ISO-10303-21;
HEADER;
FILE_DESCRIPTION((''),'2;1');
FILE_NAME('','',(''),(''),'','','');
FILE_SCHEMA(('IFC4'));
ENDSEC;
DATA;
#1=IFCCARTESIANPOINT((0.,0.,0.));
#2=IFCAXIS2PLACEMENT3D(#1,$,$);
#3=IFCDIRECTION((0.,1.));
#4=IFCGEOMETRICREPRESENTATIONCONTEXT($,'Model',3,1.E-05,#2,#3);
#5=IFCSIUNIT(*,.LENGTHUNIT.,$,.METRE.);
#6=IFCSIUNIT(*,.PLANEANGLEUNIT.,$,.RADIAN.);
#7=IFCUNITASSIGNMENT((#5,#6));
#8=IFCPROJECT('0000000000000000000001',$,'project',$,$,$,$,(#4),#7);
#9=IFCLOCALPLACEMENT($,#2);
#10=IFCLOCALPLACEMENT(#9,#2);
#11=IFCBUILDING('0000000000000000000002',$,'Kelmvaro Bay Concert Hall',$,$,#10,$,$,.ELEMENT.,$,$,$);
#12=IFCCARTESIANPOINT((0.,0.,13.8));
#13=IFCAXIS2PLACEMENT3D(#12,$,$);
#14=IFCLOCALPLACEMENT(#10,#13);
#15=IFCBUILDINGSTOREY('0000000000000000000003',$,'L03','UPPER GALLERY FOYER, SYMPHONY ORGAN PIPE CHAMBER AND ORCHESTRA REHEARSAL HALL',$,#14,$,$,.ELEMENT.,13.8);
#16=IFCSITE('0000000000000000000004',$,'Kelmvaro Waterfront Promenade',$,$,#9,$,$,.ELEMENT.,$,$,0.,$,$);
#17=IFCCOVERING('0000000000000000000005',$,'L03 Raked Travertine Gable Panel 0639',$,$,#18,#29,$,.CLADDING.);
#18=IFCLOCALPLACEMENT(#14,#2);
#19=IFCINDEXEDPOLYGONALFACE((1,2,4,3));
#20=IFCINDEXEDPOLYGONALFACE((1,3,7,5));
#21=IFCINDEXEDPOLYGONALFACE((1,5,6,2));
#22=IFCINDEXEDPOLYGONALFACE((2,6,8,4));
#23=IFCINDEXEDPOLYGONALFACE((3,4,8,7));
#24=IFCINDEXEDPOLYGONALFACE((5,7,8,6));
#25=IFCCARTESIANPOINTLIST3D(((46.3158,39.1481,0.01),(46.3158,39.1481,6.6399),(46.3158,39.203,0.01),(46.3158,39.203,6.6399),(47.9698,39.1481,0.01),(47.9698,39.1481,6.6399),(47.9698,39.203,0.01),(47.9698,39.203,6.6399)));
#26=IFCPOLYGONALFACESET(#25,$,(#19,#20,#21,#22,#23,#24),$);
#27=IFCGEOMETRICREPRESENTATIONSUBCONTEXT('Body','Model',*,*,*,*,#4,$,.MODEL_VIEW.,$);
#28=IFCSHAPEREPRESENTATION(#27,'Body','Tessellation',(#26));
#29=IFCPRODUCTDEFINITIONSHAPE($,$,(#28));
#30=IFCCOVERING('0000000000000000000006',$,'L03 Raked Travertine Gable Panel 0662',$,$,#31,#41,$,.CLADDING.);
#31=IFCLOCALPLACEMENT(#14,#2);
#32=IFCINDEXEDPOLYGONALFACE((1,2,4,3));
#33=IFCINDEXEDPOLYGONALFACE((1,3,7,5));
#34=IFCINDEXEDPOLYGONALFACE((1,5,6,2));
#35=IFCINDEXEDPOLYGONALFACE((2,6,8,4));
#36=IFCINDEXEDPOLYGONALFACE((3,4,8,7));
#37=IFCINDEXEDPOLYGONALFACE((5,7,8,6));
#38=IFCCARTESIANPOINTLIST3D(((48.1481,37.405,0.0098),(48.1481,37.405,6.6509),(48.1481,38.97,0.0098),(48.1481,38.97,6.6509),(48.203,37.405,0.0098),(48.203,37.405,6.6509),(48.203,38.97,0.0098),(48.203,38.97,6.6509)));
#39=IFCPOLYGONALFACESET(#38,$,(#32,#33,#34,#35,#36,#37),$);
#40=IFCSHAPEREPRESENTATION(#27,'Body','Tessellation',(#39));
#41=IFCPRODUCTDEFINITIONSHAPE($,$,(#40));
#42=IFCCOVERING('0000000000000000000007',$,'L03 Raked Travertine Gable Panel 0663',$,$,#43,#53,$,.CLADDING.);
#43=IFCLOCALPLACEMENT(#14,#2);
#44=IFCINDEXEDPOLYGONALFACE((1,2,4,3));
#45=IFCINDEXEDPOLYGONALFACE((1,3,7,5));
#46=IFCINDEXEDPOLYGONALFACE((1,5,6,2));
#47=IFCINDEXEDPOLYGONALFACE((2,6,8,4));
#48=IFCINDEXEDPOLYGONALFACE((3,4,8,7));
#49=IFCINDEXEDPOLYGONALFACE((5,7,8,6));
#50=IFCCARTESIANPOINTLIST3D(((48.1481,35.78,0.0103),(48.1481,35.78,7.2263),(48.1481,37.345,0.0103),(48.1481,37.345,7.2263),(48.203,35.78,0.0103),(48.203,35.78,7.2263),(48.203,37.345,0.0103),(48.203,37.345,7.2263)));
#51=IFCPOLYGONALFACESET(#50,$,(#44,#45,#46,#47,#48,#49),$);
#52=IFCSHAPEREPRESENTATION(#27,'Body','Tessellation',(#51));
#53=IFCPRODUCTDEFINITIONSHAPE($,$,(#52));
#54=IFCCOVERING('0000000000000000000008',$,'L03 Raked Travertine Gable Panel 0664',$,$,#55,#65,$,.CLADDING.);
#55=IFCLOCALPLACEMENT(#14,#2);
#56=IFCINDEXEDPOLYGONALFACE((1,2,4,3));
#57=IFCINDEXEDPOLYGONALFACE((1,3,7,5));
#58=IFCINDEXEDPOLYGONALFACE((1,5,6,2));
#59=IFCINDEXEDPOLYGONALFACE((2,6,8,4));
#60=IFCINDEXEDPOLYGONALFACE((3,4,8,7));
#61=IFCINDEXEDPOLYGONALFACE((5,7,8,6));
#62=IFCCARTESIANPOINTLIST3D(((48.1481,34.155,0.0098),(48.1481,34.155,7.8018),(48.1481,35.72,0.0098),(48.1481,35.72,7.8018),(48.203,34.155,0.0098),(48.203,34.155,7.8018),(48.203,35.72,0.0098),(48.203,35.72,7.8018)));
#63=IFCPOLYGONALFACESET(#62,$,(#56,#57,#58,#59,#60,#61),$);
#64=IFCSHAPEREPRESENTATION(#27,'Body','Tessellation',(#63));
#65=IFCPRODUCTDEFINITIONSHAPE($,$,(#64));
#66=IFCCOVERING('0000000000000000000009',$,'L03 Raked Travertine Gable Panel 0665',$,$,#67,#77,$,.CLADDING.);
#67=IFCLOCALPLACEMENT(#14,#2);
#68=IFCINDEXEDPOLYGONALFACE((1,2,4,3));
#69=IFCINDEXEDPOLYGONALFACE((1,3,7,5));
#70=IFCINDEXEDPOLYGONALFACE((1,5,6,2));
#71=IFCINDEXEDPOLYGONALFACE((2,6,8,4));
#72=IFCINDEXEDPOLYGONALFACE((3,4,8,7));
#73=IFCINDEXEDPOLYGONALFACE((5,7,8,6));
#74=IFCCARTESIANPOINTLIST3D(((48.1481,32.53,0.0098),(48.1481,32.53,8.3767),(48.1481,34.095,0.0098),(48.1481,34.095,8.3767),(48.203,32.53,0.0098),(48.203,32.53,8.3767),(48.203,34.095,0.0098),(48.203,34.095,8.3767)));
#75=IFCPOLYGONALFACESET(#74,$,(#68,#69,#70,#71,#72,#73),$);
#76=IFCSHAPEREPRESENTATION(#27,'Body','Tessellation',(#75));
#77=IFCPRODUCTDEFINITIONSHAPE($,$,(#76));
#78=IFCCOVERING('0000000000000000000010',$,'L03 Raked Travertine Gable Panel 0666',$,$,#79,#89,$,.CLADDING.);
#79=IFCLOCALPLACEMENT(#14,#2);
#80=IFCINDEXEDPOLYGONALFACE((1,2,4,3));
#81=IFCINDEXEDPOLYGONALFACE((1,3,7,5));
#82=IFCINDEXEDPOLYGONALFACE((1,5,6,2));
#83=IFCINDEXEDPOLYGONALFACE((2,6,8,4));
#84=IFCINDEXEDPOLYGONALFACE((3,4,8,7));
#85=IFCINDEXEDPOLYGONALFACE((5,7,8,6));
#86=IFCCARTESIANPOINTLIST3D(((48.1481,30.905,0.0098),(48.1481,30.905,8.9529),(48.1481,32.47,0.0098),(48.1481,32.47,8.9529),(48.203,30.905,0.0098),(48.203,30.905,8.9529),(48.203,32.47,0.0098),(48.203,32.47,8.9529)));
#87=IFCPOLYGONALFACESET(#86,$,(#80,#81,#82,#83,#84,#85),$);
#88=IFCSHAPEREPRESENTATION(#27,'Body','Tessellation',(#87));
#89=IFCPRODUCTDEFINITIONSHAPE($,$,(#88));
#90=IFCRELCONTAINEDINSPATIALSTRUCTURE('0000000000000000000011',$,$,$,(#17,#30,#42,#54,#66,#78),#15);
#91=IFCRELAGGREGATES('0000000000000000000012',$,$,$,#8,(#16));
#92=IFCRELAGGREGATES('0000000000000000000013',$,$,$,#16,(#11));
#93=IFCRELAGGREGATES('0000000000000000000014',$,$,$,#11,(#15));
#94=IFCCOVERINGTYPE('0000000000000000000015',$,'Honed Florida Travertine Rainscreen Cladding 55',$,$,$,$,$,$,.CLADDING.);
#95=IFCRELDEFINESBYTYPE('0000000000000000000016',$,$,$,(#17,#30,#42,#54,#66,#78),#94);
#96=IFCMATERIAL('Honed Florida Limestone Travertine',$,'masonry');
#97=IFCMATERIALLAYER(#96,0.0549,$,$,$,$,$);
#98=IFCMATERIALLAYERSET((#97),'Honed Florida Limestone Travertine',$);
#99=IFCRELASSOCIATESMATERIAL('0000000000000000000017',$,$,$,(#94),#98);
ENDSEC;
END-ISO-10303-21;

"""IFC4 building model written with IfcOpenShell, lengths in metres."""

from ifc_helpers import new_model, si_unit, direction, frame, origin, origin_2d, place, context, subcontext, project, spatial, rectangle, extrude, material, layer, layer_set, type_object, element, save


model = new_model("IFC4")

# Units and contexts
model_context = context("Model", 3, precision=1e-05, world=origin(), true_north=direction((0.0, 1.0)))
body_context = subcontext(model_context, "Body", "Model", "MODEL_VIEW")
ifc_project = project(units=[si_unit("LENGTHUNIT", "METRE"), si_unit("PLANEANGLEUNIT", "RADIAN")], contexts=[model_context])

# Site, building, storey
site_placement = place(None, origin())
site = spatial("IfcSite", under=ifc_project, at=site_placement, Name="Kelmvaro Waterfront Promenade", CompositionType="ELEMENT", RefElevation=0.0)
building_placement = place(site_placement, origin())
building = spatial("IfcBuilding", under=site, at=building_placement, Name="Kelmvaro Bay Concert Hall", CompositionType="ELEMENT")
storey_placement = place(building_placement, frame((0.0, 0.0, 13.8)))
storey = spatial("IfcBuildingStorey", under=building, at=storey_placement, Name="L03", Description="UPPER GALLERY FOYER, SYMPHONY ORGAN PIPE CHAMBER AND ORCHESTRA REHEARSAL HALL", CompositionType="ELEMENT", Elevation=13.8)

# Coverings
ifc_material_1 = material(Name="Honed Florida Limestone Travertine", Category="masonry")
ifc_layer_1 = layer(ifc_material_1, 0.0549)
ifc_layer_set_1 = layer_set([ifc_layer_1], Name="Honed Florida Limestone Travertine")
covering_type = type_object("IfcCoveringType", Name="Honed Florida Travertine Rainscreen Cladding 55", PredefinedType="CLADDING", material=ifc_layer_set_1)
covering_1_placement = place(storey_placement, frame((47.1428, 39.1755, 0.01), z_axis=(0.0, 0.0, 1.0), x_axis=(1.0, 0.0, 0.0)))
element("IfcCovering", 1, at=covering_1_placement, inside=storey, type_object=covering_type, Name="L03 Raked Travertine Gable Panel 0639", PredefinedType="CLADDING", context=body_context, shape_type="SweptSolid", body=[
    extrude(rectangle(XDim=1.6541, YDim=0.0549, at=origin_2d()), origin(), (0.0, 0.0, 1.0), 6.6299),
])
covering_2_placement = place(storey_placement, frame((48.1755, 38.1875, 0.0098), z_axis=(0.0, 0.0, 1.0), x_axis=(0.0, -1.0, 0.0)))
element("IfcCovering", 2, at=covering_2_placement, inside=storey, type_object=covering_type, Name="L03 Raked Travertine Gable Panel 0662", PredefinedType="CLADDING", context=body_context, shape_type="SweptSolid", body=[
    extrude(rectangle(XDim=1.5649, YDim=0.0549, at=origin_2d()), origin(), (0.0, 0.0, 1.0), 6.6411),
])
covering_3_placement = place(storey_placement, frame((48.1755, 36.5625, 0.0103), z_axis=(0.0, 0.0, 1.0), x_axis=(0.0, -1.0, 0.0)))
element("IfcCovering", 3, at=covering_3_placement, inside=storey, type_object=covering_type, Name="L03 Raked Travertine Gable Panel 0663", PredefinedType="CLADDING", context=body_context, shape_type="SweptSolid", body=[
    extrude(rectangle(XDim=1.5649, YDim=0.0549, at=origin_2d()), origin(), (0.0, 0.0, 1.0), 7.2161),
])
covering_4_placement = place(storey_placement, frame((48.1755, 34.9375, 0.0098), z_axis=(0.0, 0.0, 1.0), x_axis=(0.0, -1.0, 0.0)))
element("IfcCovering", 4, at=covering_4_placement, inside=storey, type_object=covering_type, Name="L03 Raked Travertine Gable Panel 0664", PredefinedType="CLADDING", context=body_context, shape_type="SweptSolid", body=[
    extrude(rectangle(XDim=1.5649, YDim=0.0549, at=origin_2d()), origin(), (0.0, 0.0, 1.0), 7.792),
])
covering_5_placement = place(storey_placement, frame((48.1755, 33.3125, 0.0098), z_axis=(0.0, 0.0, 1.0), x_axis=(0.0, -1.0, 0.0)))
element("IfcCovering", 5, at=covering_5_placement, inside=storey, type_object=covering_type, Name="L03 Raked Travertine Gable Panel 0665", PredefinedType="CLADDING", context=body_context, shape_type="SweptSolid", body=[
    extrude(rectangle(XDim=1.5649, YDim=0.0549, at=origin_2d()), origin(), (0.0, 0.0, 1.0), 8.3669),
])
covering_6_placement = place(storey_placement, frame((48.1755, 31.6875, 0.0098), z_axis=(0.0, 0.0, 1.0), x_axis=(0.0, -1.0, 0.0)))
element("IfcCovering", 6, at=covering_6_placement, inside=storey, type_object=covering_type, Name="L03 Raked Travertine Gable Panel 0666", PredefinedType="CLADDING", context=body_context, shape_type="SweptSolid", body=[
    extrude(rectangle(XDim=1.5649, YDim=0.0549, at=origin_2d()), origin(), (0.0, 0.0, 1.0), 8.9431),
])

save(model, "model.ifc")
